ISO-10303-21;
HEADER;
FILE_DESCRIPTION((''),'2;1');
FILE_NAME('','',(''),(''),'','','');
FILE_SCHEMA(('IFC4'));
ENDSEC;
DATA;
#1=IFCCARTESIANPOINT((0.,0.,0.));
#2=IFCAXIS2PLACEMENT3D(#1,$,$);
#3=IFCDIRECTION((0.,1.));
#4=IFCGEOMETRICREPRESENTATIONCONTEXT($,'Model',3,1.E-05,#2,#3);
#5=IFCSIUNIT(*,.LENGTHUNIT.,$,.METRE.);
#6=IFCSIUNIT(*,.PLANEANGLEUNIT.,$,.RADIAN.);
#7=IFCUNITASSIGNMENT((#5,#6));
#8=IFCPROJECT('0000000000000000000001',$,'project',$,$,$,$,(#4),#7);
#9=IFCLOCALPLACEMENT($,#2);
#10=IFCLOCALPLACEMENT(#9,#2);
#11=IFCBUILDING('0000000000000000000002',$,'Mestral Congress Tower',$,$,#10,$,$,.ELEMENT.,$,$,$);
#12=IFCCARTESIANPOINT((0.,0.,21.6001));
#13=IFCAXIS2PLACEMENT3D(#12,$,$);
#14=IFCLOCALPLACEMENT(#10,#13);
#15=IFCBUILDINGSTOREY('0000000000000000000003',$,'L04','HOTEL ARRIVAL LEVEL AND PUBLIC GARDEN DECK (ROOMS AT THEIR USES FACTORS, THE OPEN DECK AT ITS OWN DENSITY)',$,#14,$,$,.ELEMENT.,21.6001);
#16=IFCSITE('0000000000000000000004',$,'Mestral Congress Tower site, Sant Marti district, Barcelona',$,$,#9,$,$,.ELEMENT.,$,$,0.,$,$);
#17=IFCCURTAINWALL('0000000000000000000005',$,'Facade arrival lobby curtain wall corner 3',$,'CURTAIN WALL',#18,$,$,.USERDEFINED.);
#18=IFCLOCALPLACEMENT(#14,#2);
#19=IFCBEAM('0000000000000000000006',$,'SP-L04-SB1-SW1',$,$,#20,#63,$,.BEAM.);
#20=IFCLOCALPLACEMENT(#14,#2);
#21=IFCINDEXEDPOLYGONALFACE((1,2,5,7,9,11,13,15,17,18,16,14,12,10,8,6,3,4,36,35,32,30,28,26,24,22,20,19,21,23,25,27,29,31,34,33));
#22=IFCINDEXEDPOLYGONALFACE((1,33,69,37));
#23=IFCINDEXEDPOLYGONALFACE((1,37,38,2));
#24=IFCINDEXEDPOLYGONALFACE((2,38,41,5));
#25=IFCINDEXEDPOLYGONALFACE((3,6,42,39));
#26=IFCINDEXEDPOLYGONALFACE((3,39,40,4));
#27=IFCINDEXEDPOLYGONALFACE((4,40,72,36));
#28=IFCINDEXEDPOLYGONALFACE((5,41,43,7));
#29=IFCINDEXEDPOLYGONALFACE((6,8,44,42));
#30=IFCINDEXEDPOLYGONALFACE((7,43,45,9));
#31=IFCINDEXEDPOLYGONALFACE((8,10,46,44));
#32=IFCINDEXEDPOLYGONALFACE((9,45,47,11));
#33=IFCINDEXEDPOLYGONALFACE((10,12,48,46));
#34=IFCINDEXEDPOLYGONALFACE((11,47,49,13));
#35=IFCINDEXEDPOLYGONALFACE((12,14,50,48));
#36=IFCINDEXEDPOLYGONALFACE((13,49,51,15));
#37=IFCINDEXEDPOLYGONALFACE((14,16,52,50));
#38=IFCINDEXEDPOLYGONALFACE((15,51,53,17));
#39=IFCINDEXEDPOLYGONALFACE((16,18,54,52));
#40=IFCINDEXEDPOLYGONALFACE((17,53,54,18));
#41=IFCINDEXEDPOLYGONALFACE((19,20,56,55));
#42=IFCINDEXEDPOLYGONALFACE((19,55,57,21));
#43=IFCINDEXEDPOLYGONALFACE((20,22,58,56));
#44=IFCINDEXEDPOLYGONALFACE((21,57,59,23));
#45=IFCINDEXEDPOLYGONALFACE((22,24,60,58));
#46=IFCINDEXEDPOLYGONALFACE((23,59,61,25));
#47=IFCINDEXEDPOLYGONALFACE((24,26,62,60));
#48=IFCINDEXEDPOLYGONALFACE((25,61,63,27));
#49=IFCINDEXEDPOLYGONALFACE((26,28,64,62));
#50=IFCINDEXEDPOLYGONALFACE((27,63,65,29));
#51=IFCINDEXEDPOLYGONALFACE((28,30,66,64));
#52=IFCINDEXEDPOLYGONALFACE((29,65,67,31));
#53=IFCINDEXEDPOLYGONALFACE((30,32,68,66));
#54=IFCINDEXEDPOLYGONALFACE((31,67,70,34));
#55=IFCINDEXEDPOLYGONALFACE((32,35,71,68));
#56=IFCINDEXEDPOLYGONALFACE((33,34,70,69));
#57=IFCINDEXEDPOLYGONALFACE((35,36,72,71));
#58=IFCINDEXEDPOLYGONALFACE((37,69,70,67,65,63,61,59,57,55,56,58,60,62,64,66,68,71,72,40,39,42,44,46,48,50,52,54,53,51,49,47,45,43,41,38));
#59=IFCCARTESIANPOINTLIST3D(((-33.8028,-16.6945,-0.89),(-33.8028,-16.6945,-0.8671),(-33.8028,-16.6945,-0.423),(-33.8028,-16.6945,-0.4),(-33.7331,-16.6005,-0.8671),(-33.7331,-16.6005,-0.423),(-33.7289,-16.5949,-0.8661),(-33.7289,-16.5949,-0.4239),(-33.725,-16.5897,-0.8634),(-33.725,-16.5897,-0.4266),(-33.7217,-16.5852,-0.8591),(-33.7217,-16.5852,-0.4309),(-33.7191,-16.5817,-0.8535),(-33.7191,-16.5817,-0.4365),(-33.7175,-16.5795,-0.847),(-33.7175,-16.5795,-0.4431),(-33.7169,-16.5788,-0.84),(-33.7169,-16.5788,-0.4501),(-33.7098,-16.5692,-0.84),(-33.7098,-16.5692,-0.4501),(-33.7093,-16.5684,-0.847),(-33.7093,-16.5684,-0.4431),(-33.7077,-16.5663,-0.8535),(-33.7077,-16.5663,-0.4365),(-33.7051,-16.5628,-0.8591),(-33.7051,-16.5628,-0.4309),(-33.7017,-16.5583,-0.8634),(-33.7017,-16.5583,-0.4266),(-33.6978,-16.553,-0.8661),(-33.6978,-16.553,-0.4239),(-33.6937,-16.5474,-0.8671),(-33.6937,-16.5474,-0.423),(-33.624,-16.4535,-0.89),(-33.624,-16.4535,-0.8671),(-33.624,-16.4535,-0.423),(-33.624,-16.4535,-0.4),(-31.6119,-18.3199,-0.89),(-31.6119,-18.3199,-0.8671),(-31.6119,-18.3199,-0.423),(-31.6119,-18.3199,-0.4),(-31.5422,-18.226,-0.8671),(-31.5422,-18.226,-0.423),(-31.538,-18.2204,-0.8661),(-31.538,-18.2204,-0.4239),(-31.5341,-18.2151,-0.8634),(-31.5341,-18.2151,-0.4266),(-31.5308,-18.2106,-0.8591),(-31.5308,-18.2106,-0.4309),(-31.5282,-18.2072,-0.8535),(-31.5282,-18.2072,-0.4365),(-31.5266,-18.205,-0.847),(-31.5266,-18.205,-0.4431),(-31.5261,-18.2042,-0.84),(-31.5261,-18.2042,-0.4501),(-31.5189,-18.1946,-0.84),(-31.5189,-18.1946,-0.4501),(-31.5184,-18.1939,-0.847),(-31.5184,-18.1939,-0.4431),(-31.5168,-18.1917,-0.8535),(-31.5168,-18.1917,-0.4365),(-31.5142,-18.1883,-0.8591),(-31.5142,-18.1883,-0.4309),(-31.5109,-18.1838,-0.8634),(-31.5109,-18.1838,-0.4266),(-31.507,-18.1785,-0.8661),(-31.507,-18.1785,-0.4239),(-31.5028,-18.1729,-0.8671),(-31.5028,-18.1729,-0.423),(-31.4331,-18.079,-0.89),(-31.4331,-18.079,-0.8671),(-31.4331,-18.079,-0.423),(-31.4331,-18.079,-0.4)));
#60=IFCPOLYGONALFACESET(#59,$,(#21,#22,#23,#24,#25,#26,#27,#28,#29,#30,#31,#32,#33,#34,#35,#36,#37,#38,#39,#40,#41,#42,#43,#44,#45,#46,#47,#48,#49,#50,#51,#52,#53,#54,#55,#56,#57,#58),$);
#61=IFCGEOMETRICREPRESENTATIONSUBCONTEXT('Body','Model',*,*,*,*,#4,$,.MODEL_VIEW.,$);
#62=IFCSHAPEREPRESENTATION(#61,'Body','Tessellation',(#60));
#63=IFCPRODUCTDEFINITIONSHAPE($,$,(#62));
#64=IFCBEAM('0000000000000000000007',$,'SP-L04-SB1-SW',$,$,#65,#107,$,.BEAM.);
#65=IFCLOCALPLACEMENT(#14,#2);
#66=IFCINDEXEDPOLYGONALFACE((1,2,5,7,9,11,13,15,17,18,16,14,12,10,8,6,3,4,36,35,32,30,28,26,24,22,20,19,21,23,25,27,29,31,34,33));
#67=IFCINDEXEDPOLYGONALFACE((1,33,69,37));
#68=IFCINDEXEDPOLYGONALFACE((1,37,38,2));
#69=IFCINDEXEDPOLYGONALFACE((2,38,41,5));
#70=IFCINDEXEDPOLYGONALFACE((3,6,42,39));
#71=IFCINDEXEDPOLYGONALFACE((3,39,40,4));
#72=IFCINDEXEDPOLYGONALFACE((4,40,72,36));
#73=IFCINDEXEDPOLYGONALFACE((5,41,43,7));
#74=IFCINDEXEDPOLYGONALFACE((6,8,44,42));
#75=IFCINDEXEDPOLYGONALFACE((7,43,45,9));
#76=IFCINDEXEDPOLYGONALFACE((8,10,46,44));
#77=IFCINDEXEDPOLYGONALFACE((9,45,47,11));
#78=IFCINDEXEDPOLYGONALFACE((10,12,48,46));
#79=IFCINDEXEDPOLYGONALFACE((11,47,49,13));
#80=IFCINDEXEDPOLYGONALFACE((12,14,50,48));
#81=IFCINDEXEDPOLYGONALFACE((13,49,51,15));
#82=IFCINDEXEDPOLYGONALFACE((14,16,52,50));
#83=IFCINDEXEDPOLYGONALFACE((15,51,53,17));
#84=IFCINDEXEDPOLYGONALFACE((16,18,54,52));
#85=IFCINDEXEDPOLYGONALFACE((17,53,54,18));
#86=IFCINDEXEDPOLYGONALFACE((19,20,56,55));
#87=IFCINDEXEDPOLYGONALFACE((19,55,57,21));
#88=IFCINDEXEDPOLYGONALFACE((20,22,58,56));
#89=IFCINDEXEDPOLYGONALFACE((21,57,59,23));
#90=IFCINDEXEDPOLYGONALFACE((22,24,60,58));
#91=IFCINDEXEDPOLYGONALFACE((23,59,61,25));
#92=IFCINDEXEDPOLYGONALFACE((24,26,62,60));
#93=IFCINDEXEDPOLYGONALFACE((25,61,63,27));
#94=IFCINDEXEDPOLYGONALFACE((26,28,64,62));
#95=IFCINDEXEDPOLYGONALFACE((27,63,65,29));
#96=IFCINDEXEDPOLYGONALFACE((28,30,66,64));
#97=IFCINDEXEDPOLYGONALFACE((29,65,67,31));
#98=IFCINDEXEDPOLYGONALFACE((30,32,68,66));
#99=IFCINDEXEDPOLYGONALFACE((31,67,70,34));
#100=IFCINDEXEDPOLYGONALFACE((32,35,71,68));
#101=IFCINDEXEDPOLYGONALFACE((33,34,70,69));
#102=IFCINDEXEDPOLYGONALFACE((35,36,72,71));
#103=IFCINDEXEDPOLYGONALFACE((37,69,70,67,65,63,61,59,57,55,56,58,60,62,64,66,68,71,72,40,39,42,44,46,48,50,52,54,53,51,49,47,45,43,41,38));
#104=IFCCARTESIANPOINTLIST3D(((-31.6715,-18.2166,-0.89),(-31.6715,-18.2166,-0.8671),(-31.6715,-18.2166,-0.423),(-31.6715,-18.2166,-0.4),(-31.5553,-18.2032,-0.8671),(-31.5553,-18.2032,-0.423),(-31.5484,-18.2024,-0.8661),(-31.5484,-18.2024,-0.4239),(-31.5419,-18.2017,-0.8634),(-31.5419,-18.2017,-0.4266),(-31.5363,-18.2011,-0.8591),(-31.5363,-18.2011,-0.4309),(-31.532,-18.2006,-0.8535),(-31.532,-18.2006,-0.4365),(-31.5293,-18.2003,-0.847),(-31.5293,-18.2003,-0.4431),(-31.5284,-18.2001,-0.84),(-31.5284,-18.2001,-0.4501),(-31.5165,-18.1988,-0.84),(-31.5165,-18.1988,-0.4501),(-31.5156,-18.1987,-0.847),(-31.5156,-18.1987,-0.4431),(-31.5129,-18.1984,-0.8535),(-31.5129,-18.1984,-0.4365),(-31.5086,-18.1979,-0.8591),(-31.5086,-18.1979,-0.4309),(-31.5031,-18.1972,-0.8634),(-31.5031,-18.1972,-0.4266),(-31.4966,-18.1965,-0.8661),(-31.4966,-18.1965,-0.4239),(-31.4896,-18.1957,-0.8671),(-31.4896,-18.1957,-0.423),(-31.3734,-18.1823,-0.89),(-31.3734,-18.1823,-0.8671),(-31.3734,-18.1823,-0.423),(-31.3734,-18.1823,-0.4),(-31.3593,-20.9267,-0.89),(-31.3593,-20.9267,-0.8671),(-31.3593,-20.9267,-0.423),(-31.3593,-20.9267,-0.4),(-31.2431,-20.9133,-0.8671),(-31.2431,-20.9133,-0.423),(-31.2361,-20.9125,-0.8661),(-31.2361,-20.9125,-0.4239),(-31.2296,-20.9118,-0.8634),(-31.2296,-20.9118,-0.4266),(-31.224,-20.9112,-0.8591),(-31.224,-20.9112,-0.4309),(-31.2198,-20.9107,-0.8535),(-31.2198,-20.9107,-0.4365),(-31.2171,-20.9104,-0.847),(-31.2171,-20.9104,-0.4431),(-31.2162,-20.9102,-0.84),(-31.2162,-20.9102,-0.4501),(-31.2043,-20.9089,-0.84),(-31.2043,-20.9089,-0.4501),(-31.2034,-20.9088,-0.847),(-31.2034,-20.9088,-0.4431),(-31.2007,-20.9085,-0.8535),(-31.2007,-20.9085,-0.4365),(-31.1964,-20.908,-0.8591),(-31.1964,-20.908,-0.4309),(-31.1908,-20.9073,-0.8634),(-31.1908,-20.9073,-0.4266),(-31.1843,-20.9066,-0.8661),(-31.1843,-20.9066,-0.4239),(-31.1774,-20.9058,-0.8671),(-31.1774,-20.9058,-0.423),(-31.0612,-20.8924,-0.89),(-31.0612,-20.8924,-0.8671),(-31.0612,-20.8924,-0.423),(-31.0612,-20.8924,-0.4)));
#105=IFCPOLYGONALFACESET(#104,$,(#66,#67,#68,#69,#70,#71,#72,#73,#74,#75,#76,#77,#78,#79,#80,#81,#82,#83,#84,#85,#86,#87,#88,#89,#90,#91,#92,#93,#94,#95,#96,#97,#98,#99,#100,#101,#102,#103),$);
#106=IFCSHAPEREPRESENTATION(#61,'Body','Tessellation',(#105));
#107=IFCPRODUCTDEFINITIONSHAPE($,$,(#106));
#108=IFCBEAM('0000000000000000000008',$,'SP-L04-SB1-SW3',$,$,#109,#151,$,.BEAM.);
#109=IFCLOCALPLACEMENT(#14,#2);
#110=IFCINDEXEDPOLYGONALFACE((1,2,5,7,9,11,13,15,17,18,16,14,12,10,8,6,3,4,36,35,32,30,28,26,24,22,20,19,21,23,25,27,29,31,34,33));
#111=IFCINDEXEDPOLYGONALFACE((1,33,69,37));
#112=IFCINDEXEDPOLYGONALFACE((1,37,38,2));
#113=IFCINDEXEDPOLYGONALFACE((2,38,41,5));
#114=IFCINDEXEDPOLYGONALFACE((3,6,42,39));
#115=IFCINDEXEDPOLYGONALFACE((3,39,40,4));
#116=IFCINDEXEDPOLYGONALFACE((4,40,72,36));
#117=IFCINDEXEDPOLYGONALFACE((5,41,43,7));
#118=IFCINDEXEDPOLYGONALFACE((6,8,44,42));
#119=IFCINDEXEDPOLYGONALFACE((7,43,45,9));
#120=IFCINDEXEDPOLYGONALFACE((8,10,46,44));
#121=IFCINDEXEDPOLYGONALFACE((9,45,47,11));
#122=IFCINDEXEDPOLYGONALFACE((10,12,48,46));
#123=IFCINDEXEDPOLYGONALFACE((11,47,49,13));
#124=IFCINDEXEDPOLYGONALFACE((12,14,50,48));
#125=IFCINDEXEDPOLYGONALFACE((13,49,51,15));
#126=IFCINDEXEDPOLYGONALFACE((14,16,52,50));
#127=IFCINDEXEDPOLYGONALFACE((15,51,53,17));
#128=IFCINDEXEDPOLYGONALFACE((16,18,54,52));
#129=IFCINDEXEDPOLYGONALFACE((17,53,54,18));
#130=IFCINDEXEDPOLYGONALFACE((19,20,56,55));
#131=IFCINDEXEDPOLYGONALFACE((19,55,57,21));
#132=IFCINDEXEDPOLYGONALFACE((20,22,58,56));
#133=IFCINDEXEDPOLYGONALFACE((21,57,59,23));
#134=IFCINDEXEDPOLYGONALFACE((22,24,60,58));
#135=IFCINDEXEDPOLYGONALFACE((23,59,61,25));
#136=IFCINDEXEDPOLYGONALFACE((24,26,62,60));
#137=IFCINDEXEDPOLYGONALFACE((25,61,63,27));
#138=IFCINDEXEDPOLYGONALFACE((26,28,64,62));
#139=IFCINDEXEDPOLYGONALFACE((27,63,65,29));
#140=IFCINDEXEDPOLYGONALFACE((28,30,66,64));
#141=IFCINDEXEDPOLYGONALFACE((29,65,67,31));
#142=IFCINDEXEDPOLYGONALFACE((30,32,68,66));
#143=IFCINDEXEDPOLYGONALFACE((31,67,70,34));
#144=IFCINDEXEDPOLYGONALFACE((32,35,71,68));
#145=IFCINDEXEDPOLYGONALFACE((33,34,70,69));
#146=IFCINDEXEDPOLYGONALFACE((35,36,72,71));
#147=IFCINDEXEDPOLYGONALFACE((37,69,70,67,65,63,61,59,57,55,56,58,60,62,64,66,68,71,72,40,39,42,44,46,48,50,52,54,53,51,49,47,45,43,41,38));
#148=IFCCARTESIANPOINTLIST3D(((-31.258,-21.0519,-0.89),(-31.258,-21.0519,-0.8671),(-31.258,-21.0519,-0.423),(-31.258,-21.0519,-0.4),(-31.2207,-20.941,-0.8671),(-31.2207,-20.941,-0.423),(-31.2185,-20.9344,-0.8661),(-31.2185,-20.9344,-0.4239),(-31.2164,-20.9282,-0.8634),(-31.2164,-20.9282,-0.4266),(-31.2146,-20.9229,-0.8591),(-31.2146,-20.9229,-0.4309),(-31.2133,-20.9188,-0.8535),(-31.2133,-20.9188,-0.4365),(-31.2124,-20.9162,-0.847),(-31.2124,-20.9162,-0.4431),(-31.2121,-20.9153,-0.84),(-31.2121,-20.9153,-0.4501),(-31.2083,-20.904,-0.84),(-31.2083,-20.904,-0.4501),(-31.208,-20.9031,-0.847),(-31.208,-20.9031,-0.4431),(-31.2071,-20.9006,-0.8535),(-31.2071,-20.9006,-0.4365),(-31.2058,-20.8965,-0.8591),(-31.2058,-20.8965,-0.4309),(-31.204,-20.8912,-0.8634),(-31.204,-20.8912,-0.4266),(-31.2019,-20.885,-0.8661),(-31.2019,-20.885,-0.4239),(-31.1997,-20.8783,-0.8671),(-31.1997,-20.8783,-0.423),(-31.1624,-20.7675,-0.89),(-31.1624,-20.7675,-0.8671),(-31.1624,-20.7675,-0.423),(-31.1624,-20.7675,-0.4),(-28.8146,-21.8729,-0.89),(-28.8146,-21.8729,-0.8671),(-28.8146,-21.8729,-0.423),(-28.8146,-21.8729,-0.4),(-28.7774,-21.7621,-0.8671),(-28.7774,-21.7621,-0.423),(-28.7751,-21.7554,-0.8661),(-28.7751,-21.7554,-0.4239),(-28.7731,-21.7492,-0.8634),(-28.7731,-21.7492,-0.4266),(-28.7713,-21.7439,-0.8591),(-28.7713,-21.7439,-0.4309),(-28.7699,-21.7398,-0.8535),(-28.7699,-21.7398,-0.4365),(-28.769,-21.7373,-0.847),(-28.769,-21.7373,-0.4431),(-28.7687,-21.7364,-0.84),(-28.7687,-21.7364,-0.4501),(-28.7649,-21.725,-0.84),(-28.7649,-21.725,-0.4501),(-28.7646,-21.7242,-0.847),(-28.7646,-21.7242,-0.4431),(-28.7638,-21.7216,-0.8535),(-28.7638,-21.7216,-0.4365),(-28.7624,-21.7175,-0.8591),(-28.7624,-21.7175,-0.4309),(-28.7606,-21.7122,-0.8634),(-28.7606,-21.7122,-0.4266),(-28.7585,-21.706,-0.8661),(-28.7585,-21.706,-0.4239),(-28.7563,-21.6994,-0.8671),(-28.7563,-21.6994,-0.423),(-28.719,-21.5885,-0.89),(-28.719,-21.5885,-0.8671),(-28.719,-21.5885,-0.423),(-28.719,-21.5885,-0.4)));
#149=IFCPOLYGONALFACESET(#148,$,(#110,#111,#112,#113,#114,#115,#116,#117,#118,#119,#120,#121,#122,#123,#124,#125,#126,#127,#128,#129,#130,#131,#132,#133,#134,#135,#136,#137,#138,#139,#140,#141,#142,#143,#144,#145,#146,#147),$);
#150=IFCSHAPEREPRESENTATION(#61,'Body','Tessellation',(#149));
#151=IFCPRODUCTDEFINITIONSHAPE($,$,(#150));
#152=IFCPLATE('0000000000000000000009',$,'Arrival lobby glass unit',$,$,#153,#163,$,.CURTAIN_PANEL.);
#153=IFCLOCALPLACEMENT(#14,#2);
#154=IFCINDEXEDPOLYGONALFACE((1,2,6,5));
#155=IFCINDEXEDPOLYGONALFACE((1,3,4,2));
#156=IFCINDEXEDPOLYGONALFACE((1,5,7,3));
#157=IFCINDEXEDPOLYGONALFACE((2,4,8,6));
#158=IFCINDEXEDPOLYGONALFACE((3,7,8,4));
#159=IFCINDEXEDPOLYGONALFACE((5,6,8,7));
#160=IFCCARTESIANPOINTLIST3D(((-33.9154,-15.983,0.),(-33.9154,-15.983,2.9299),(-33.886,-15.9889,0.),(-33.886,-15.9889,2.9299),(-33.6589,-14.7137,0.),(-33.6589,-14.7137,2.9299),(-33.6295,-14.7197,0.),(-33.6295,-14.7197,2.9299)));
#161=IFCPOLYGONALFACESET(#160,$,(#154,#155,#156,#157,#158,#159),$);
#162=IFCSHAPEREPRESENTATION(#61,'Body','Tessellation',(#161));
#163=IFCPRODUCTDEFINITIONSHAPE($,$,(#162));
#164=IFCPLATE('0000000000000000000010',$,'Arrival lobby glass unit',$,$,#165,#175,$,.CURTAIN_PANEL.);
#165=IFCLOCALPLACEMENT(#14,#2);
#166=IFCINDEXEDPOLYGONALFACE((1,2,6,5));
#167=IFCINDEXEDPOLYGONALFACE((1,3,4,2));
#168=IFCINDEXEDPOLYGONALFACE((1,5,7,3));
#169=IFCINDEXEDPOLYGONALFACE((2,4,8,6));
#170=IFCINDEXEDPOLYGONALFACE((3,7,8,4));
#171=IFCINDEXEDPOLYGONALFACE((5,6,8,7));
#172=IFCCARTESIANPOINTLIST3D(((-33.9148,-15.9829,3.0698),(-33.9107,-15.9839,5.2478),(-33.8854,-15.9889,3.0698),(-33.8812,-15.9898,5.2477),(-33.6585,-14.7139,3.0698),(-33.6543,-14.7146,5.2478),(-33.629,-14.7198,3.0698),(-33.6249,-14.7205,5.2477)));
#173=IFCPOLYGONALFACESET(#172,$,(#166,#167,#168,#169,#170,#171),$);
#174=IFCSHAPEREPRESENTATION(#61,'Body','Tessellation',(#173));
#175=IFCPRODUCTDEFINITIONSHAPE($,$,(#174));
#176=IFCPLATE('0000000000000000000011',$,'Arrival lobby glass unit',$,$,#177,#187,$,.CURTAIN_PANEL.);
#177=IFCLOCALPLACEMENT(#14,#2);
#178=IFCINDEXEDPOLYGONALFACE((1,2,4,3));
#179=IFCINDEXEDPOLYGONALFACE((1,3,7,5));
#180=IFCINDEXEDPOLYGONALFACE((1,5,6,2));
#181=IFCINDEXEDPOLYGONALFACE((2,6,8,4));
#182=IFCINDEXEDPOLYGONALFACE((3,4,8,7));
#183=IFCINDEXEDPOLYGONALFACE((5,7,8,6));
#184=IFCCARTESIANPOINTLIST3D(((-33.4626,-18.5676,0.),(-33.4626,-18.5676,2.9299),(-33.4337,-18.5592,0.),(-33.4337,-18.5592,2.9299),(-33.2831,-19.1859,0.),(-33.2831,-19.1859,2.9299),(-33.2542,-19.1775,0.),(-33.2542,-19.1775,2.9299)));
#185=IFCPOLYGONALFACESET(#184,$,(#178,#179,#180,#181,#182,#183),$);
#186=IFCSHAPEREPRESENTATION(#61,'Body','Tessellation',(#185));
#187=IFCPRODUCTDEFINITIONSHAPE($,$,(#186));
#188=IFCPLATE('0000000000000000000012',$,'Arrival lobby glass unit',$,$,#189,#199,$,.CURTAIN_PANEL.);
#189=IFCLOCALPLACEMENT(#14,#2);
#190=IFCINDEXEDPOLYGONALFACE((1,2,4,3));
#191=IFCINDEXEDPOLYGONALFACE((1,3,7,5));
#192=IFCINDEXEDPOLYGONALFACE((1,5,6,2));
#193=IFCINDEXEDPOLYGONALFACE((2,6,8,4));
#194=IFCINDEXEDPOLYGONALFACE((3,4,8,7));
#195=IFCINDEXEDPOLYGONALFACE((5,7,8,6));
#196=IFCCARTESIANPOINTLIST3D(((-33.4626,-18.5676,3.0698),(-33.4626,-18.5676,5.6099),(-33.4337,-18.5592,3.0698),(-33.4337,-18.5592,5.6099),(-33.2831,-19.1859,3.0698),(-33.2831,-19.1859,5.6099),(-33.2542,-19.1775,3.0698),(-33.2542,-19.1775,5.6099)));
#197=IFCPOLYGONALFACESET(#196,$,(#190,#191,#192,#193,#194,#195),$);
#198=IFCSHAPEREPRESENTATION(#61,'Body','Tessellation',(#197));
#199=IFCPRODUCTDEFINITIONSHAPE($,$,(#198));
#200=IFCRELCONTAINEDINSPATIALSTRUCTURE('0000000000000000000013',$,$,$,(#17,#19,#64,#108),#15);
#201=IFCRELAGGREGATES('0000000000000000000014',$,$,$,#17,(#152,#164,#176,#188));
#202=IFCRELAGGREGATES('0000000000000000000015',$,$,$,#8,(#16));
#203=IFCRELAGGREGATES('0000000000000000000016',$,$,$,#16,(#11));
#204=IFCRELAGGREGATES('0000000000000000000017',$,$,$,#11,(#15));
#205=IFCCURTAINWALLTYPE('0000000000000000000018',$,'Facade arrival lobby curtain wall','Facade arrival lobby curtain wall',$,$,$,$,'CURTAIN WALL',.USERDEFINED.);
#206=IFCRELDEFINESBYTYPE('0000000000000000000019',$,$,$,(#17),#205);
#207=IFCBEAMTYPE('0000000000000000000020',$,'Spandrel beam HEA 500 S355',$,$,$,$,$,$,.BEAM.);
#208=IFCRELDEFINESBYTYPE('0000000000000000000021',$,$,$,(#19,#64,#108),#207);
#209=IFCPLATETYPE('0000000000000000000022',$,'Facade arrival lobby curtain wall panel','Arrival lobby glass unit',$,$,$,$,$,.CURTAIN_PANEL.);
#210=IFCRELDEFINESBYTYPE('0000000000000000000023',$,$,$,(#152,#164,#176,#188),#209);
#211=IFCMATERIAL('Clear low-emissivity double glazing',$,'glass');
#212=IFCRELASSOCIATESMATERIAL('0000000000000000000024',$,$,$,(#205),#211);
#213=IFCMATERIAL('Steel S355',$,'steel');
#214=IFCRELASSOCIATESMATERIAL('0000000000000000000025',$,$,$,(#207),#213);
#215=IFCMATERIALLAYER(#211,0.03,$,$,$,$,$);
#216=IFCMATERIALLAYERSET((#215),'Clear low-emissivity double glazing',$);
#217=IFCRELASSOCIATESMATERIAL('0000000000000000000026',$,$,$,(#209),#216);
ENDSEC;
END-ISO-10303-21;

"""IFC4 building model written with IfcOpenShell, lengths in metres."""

from ifc_helpers import new_model, si_unit, direction, frame, origin, origin_2d, place, context, subcontext, project, spatial, polyline, rectangle, i_section, outline, extrude, material, layer, layer_set, material_profile, profile_set, type_object, element, aggregate, save


model = new_model("IFC4")

# Units and contexts
model_context = context("Model", 3, precision=1e-05, world=origin(), true_north=direction((0.0, 1.0)))
body_context = subcontext(model_context, "Body", "Model", "MODEL_VIEW")
ifc_project = project(units=[si_unit("LENGTHUNIT", "METRE"), si_unit("PLANEANGLEUNIT", "RADIAN")], contexts=[model_context])

# Site, building, storey
site_placement = place(None, origin())
site = spatial("IfcSite", under=ifc_project, at=site_placement, Name="Mestral Congress Tower site, Sant Marti district, Barcelona", CompositionType="ELEMENT", RefElevation=0.0)
building_placement = place(site_placement, origin())
building = spatial("IfcBuilding", under=site, at=building_placement, Name="Mestral Congress Tower", CompositionType="ELEMENT")
storey_placement = place(building_placement, frame((0.0, 0.0, 21.6001)))
storey = spatial("IfcBuildingStorey", under=building, at=storey_placement, Name="L04", Description="HOTEL ARRIVAL LEVEL AND PUBLIC GARDEN DECK (ROOMS AT THEIR USES FACTORS, THE OPEN DECK AT ITS OWN DENSITY)", CompositionType="ELEMENT", Elevation=21.6001)

# Curtain wall
ifc_material_1 = material(Name="Clear low-emissivity double glazing", Category="glass")
curtain_wall_type = type_object("IfcCurtainWallType", Name="Facade arrival lobby curtain wall", Description="Facade arrival lobby curtain wall", ElementType="CURTAIN WALL", PredefinedType="USERDEFINED", material=ifc_material_1)
curtain_wall_placement = place(storey_placement, origin())
curtain_wall = element("IfcCurtainWall", 1, at=curtain_wall_placement, inside=storey, type_object=curtain_wall_type, Name="Facade arrival lobby curtain wall corner 3", ObjectType="CURTAIN WALL", PredefinedType="USERDEFINED")

# Beams
ifc_material_2 = material(Name="Steel S355", Category="steel")
ifc_material_profile_1 = material_profile(ifc_material_2, i_section(OverallWidth=0.3, OverallDepth=0.49, WebThickness=0.012, FlangeThickness=0.0229, FilletRadius=0.0271, at=origin_2d()), Name="HEA 500")
ifc_profile_set_1 = profile_set([ifc_material_profile_1], Name="Steel S355")
beam_type_1 = type_object("IfcBeamType", Name="Spandrel beam HEA 500 S355", PredefinedType="BEAM", material=ifc_profile_set_1)
for number, where, z_axis, x_axis, name in (
    (2, (-33.7134, -16.574, -0.645), (0.803104, -0.595839, 0.0), (0.595839, 0.803104, 0.0), "SP-L04-SB1-SW1"),
    (3, (-31.5225, -18.1995, -0.645), (0.114458, -0.993428, 0.0), (0.993428, 0.114458, 0.0), "SP-L04-SB1-SW"),
):
    element("IfcBeam", number, at=place(storey_placement, frame(where, z_axis=z_axis, x_axis=x_axis)), inside=storey, type_object=beam_type_1, Name=name, PredefinedType="BEAM", context=body_context, shape_type="SweptSolid", body=[
        extrude(i_section(OverallWidth=0.3, OverallDepth=0.49, WebThickness=0.012, FlangeThickness=0.0229, FilletRadius=0.0271, at=origin_2d()), origin(), (0.0, 0.0, 1.0), 2.728),
    ])
beam_1_placement = place(storey_placement, frame((-31.2102, -20.9097, -0.645), z_axis=(0.947913, -0.318528, 0.0), x_axis=(0.318528, 0.947913, 0.0)))
element("IfcBeam", 4, at=beam_1_placement, inside=storey, type_object=beam_type_1, Name="SP-L04-SB1-SW3", PredefinedType="BEAM", context=body_context, shape_type="SweptSolid", body=[
    extrude(i_section(OverallWidth=0.3, OverallDepth=0.49, WebThickness=0.012, FlangeThickness=0.0229, FilletRadius=0.0271, at=origin_2d()), origin(), (0.0, 0.0, 1.0), 2.5776),
])

# Plates
ifc_layer = layer(ifc_material_1, 0.03)
ifc_layer_set = layer_set([ifc_layer], Name="Clear low-emissivity double glazing")
plate_type = type_object("IfcPlateType", Name="Facade arrival lobby curtain wall panel", Description="Arrival lobby glass unit", PredefinedType="CURTAIN_PANEL", material=ifc_layer_set)
plate_1_placement = place(storey_placement, frame((-33.7725, -15.3513, 0.0), z_axis=(0.0, 0.0, 1.0), x_axis=(-0.198078, -0.980186, 0.0)))
plate_1 = element("IfcPlate", 5, at=plate_1_placement, type_object=plate_type, Name="Arrival lobby glass unit", PredefinedType="CURTAIN_PANEL", context=body_context, shape_type="SweptSolid", body=[
    extrude(rectangle(XDim=1.2949, YDim=0.03, at=origin_2d()), origin(), (0.0, 0.0, 1.0), 2.9299),
])
plate_2_placement = place(storey_placement, frame((-33.9148, -15.9829, 3.0698), z_axis=(-0.980204, 0.197983, 0.001946), x_axis=(0.197983, 0.980205, 0.0)))
plate_2 = element("IfcPlate", 6, at=plate_2_placement, type_object=plate_type, Name="Arrival lobby glass unit", PredefinedType="CURTAIN_PANEL", context=body_context, shape_type="SweptSolid", body=[
    extrude(outline(polyline([(0.0, 0.0), (1.2947, 0.0), (1.2948, -2.178), (-0.0001, -2.178), (0.0, 0.0)])), origin(), (0.0, 0.0, -1.0), 0.03),
])
plate_3_placement = place(storey_placement, frame((-33.3584, -18.8726, 0.0), z_axis=(0.0, 0.0, 1.0), x_axis=(0.278857, -0.960333, 0.0)))
plate_3 = element("IfcPlate", 7, at=plate_3_placement, type_object=plate_type, Name="Arrival lobby glass unit", PredefinedType="CURTAIN_PANEL", context=body_context, shape_type="SweptSolid", body=[
    extrude(rectangle(XDim=0.6438, YDim=0.03, at=origin_2d()), origin(), (0.0, 0.0, 1.0), 2.9299),
])
plate_4_placement = place(storey_placement, frame((-33.3584, -18.8726, 3.0698), z_axis=(0.0, 0.0, 1.0), x_axis=(0.278857, -0.960333, 0.0)))
plate_4 = element("IfcPlate", 8, at=plate_4_placement, type_object=plate_type, Name="Arrival lobby glass unit", PredefinedType="CURTAIN_PANEL", context=body_context, shape_type="SweptSolid", body=[
    extrude(rectangle(XDim=0.6438, YDim=0.03, at=origin_2d()), origin(), (0.0, 0.0, 1.0), 2.54),
])
aggregate(curtain_wall, [plate_1, plate_2, plate_3, plate_4])

save(model, "model.ifc")
